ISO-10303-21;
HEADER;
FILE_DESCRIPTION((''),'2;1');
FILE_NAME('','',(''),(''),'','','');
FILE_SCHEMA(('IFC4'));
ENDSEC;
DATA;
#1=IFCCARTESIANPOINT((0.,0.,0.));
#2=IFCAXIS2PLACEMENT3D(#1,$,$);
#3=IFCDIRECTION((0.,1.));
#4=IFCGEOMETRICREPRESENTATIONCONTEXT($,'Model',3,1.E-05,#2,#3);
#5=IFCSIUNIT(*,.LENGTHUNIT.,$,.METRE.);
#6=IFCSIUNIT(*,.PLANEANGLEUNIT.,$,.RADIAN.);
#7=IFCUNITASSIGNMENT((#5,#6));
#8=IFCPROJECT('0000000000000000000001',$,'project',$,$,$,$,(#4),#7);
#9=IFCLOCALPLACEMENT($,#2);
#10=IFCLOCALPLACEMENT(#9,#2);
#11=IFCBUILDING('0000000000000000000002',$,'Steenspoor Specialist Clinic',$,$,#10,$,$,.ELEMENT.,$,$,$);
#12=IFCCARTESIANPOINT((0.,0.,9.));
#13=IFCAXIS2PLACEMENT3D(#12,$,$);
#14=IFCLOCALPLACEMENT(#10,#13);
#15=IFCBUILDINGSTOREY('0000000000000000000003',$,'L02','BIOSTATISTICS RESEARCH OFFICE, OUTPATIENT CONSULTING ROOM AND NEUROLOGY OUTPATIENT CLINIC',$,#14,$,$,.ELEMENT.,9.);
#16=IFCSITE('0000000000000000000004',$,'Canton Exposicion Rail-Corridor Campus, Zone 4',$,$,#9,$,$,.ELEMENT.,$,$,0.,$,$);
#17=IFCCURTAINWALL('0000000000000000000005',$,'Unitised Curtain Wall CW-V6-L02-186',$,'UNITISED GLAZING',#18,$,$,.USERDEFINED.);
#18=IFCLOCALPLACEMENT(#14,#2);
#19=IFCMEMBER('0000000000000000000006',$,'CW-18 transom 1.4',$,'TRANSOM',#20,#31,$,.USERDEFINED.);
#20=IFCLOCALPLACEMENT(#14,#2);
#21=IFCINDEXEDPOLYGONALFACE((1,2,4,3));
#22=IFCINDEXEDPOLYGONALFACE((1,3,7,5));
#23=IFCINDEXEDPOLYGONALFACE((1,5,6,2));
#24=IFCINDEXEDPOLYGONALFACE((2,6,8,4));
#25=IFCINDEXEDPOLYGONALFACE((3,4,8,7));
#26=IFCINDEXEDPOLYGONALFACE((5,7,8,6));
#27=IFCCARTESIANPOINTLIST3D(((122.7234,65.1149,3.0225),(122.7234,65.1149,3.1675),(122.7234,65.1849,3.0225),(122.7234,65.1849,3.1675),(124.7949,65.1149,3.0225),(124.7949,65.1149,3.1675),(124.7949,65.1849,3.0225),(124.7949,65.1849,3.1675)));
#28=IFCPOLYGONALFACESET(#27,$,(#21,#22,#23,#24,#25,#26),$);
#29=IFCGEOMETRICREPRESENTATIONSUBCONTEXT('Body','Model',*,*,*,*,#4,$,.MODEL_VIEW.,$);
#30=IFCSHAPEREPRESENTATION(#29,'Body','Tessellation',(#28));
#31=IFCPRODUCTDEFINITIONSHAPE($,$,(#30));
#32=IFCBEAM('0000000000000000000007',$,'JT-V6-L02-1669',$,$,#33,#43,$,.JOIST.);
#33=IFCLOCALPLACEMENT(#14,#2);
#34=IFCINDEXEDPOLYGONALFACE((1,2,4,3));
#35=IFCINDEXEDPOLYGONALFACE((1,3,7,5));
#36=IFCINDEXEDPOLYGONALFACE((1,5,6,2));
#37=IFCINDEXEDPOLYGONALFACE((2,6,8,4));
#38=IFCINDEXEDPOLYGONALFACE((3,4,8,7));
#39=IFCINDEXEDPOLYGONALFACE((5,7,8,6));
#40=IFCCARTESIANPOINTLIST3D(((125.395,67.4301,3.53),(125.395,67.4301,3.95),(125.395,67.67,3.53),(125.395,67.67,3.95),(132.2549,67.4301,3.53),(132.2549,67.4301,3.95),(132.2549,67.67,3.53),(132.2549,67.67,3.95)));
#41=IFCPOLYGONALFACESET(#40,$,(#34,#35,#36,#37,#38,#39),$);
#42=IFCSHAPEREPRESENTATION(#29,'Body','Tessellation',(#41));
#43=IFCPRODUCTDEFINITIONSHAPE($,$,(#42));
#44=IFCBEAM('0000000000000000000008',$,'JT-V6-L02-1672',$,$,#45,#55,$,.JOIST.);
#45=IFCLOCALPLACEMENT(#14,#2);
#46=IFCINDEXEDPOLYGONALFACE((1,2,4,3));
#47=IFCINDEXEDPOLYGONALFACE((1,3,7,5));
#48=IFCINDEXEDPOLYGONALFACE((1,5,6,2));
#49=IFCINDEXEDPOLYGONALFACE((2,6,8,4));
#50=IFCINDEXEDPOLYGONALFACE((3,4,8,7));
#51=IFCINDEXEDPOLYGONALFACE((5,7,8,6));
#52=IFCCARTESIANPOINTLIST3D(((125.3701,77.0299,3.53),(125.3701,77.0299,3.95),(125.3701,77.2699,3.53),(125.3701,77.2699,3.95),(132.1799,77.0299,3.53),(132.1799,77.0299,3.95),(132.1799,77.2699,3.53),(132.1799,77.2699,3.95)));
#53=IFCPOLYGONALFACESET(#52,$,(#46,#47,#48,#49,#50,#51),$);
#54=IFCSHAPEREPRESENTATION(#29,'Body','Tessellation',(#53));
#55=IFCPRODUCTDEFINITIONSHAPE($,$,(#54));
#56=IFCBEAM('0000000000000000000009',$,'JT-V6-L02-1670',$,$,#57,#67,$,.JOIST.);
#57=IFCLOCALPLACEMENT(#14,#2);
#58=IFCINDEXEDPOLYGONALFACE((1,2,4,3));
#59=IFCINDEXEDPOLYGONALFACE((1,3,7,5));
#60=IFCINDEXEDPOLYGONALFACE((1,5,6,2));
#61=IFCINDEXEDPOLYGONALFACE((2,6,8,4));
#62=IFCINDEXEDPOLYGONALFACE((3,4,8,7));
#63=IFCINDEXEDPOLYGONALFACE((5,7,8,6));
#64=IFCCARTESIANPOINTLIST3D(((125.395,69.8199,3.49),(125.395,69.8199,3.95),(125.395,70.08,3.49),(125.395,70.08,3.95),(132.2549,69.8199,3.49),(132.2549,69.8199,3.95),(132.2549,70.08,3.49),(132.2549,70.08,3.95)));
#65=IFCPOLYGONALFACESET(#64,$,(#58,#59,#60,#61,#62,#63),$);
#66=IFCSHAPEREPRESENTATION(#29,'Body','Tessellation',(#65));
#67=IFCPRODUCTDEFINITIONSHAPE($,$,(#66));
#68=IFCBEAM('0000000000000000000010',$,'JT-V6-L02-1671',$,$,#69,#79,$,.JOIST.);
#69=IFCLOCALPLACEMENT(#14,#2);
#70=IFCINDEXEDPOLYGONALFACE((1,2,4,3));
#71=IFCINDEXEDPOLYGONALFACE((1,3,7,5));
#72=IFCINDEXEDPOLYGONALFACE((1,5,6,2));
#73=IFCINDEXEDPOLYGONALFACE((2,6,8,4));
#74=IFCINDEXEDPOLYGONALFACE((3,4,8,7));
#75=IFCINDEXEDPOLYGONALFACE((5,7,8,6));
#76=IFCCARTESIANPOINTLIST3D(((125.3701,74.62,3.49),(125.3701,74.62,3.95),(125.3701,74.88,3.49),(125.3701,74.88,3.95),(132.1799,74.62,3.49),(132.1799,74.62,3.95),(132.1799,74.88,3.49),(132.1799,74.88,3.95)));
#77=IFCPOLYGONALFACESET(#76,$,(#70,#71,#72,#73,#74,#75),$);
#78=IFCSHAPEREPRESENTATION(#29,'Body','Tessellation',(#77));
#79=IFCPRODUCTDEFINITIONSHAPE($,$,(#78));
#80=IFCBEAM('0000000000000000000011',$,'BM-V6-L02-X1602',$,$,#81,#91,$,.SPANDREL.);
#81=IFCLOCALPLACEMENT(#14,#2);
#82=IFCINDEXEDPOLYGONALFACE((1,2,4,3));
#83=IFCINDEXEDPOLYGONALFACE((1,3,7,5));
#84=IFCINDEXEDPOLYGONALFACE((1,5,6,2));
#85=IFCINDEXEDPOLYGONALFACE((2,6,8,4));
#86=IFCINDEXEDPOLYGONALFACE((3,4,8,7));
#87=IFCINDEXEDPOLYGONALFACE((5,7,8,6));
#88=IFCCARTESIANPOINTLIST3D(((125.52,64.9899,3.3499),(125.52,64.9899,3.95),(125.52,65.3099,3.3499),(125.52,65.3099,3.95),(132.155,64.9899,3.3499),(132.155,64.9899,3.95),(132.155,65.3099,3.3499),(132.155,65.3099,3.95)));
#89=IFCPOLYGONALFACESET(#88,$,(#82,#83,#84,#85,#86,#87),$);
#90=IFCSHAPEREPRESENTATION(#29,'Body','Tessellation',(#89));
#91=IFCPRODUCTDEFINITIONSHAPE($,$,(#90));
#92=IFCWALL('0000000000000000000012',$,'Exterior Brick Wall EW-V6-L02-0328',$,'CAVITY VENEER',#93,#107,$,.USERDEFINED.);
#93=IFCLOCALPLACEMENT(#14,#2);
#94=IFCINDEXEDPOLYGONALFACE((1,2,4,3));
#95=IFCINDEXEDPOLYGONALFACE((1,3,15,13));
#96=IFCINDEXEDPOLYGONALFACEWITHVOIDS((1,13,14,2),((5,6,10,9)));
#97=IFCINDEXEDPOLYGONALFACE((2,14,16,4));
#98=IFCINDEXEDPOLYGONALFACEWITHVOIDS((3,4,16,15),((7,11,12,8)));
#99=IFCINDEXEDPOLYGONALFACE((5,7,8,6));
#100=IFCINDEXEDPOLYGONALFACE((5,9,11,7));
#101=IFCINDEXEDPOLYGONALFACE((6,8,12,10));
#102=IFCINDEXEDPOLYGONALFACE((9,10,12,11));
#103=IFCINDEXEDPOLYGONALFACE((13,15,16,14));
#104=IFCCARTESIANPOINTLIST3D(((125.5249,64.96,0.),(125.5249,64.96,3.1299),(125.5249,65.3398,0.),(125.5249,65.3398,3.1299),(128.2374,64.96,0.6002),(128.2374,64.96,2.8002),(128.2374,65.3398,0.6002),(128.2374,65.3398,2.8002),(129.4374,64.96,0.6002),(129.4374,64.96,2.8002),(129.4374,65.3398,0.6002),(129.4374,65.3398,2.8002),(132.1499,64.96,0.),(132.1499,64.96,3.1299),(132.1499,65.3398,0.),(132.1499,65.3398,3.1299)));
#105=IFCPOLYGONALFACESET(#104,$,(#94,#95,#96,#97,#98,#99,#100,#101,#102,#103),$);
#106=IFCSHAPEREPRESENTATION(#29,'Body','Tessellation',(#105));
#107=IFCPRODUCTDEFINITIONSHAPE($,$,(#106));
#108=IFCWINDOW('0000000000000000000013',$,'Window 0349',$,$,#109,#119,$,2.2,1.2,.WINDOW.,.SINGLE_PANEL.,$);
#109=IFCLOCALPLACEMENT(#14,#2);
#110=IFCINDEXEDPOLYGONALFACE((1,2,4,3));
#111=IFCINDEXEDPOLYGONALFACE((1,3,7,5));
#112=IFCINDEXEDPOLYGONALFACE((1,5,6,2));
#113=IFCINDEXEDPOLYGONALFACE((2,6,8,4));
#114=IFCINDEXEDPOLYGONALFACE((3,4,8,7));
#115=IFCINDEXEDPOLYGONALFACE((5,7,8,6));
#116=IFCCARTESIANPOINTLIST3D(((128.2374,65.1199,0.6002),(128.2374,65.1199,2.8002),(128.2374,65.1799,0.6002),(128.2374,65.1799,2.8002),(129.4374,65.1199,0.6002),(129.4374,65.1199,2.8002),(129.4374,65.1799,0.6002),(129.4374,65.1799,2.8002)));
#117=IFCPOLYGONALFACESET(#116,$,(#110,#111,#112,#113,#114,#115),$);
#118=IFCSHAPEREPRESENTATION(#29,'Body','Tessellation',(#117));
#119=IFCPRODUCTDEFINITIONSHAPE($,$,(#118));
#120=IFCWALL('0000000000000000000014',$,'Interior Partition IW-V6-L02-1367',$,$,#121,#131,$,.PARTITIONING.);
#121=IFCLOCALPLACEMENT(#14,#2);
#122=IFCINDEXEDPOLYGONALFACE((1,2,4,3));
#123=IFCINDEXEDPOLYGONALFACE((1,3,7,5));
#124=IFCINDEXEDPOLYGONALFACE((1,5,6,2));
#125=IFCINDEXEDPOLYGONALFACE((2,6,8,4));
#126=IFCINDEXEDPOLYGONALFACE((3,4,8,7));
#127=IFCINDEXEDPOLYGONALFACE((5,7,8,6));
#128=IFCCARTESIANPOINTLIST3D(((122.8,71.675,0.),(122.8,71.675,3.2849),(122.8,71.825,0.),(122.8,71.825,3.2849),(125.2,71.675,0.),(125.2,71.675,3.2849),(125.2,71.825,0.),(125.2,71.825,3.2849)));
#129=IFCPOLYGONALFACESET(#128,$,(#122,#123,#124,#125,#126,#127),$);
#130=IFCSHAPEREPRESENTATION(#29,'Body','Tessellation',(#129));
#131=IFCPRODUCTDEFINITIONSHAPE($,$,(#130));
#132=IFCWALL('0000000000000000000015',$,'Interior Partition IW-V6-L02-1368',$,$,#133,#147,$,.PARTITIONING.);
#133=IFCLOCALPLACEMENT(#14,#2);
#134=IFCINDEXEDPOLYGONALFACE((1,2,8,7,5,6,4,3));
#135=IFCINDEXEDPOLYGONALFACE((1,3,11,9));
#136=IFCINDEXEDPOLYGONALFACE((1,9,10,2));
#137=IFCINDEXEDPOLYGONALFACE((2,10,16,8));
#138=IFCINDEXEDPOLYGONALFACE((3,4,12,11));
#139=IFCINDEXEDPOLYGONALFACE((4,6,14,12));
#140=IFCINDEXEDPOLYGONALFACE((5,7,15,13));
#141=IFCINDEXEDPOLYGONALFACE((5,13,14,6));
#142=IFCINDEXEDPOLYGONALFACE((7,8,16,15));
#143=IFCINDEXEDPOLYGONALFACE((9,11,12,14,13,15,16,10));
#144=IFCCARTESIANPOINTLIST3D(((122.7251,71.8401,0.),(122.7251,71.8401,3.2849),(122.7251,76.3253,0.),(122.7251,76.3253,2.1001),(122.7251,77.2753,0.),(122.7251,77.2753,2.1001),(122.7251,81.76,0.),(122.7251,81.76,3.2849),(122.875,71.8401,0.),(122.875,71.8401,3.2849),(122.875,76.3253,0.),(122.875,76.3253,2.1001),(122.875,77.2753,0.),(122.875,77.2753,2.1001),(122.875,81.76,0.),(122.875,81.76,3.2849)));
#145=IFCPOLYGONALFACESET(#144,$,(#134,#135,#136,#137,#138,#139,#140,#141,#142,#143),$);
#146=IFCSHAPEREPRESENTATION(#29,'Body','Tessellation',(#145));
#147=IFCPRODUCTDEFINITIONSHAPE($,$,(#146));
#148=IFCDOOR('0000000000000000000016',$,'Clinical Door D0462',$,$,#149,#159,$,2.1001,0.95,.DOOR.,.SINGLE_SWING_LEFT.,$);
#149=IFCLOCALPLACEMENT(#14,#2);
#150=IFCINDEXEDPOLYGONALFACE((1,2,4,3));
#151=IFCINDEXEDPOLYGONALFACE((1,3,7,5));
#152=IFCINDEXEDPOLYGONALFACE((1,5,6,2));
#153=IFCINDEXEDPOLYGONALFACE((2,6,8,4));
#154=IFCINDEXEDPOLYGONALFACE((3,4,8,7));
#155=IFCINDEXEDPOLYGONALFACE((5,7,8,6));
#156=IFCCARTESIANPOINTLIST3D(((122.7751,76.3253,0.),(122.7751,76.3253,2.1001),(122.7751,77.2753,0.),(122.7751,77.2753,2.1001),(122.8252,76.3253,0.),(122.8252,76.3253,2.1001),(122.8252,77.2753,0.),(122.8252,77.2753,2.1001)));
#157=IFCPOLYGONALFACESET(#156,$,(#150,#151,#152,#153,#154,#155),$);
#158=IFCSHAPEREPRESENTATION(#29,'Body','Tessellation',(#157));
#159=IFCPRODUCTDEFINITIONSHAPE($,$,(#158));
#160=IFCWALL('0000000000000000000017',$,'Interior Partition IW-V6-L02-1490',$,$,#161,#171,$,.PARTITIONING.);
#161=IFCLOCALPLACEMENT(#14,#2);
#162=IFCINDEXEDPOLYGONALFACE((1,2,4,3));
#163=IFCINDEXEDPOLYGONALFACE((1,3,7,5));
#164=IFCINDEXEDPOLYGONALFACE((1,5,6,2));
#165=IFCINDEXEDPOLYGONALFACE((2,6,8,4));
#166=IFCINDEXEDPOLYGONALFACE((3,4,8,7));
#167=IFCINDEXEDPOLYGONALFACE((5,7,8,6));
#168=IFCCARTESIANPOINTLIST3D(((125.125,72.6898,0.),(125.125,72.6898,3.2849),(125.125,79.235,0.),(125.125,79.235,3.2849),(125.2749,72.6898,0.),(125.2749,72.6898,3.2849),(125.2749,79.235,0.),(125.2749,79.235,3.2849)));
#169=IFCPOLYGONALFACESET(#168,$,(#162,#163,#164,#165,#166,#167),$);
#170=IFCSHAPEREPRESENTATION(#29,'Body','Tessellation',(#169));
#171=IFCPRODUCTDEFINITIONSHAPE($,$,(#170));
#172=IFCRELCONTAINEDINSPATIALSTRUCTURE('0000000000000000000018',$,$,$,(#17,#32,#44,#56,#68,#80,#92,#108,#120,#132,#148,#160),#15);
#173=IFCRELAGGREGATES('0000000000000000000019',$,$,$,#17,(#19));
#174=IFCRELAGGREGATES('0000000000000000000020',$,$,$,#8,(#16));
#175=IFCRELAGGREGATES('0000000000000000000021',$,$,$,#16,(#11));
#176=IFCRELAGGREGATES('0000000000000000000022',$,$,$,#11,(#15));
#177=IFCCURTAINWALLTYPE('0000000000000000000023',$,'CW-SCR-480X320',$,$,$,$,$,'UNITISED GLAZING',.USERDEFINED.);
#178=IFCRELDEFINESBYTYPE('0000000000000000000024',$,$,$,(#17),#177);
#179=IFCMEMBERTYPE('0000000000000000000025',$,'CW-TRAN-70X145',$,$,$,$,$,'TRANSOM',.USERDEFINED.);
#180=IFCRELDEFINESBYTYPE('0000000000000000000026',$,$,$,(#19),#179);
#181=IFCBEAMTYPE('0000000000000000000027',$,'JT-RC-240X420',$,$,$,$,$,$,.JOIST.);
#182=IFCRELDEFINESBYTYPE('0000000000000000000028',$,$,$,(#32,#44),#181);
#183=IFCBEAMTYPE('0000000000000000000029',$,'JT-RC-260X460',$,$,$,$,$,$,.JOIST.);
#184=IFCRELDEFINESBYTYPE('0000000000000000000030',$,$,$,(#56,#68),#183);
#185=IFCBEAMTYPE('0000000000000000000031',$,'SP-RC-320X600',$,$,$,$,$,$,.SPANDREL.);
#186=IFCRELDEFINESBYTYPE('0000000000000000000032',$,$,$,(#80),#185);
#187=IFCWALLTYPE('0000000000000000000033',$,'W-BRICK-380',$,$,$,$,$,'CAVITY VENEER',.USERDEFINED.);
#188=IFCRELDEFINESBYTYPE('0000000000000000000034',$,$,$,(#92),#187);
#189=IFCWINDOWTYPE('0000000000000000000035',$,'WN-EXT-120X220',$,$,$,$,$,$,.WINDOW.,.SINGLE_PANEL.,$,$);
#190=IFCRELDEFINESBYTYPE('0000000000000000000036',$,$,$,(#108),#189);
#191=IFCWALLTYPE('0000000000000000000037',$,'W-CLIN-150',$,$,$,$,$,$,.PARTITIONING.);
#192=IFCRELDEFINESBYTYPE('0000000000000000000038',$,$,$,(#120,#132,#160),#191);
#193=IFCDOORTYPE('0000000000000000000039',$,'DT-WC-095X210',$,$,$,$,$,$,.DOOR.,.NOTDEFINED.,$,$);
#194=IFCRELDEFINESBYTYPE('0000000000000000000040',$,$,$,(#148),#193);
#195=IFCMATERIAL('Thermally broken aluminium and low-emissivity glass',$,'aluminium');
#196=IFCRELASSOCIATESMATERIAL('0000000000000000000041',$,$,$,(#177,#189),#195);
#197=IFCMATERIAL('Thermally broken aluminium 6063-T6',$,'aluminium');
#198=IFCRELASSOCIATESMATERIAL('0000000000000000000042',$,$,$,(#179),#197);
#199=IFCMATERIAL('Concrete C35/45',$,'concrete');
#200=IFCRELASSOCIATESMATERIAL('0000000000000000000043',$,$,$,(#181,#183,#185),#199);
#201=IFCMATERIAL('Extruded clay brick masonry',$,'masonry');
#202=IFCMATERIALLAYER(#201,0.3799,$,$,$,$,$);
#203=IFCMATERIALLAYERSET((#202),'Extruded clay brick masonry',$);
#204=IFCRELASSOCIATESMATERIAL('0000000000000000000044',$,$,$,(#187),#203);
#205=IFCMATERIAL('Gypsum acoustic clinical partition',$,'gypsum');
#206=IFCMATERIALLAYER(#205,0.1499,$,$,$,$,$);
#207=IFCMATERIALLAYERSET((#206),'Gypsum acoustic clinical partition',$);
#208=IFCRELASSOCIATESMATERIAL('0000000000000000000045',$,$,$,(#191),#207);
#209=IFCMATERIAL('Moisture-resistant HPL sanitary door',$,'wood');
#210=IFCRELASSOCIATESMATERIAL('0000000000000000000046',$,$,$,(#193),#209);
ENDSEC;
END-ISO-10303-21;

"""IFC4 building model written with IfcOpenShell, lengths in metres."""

from ifc_helpers import new_model, si_unit, direction, frame, frame_2d, origin, origin_2d, place, context, subcontext, project, spatial, rectangle, extrude, material, layer, layer_set, material_profile, profile_set, type_object, element, fill, aggregate, save


model = new_model("IFC4")

# Units and contexts
model_context = context("Model", 3, precision=1e-05, world=origin(), true_north=direction((0.0, 1.0)))
body_context = subcontext(model_context, "Body", "Model", "MODEL_VIEW")
ifc_project = project(units=[si_unit("LENGTHUNIT", "METRE"), si_unit("PLANEANGLEUNIT", "RADIAN")], contexts=[model_context])

# Site, building, storey
site_placement = place(None, origin())
site = spatial("IfcSite", under=ifc_project, at=site_placement, Name="Canton Exposicion Rail-Corridor Campus, Zone 4", CompositionType="ELEMENT", RefElevation=0.0)
building_placement = place(site_placement, origin())
building = spatial("IfcBuilding", under=site, at=building_placement, Name="Steenspoor Specialist Clinic", CompositionType="ELEMENT")
storey_placement = place(building_placement, frame((0.0, 0.0, 9.0)))
storey = spatial("IfcBuildingStorey", under=building, at=storey_placement, Name="L02", Description="BIOSTATISTICS RESEARCH OFFICE, OUTPATIENT CONSULTING ROOM AND NEUROLOGY OUTPATIENT CLINIC", CompositionType="ELEMENT", Elevation=9.0)

# Shared definitions
ifc_material_1 = material(Name="Concrete C35/45", Category="concrete")

# Curtain wall, member
ifc_material_2 = material(Name="Thermally broken aluminium and low-emissivity glass", Category="aluminium")
curtain_wall_type = type_object("IfcCurtainWallType", Name="CW-SCR-480X320", ElementType="UNITISED GLAZING", PredefinedType="USERDEFINED", material=ifc_material_2)
curtain_wall_placement = place(storey_placement, origin())
curtain_wall = element("IfcCurtainWall", 1, at=curtain_wall_placement, inside=storey, type_object=curtain_wall_type, Name="Unitised Curtain Wall CW-V6-L02-186", ObjectType="UNITISED GLAZING", PredefinedType="USERDEFINED")
ifc_material_3 = material(Name="Thermally broken aluminium 6063-T6", Category="aluminium")
ifc_material_profile_1 = material_profile(ifc_material_3, rectangle(XDim=0.0701, YDim=0.145, at=origin_2d()), Name="CWT-70X145")
ifc_profile_set_1 = profile_set([ifc_material_profile_1], Name="Thermally broken aluminium 6063-T6")
member_type_1 = type_object("IfcMemberType", Name="CW-TRAN-70X145", ElementType="TRANSOM", PredefinedType="USERDEFINED", material=ifc_profile_set_1)
member_1_placement = place(storey_placement, frame((124.7949, 65.1499, 3.095), z_axis=(-1.0, 0.0, 0.0), x_axis=(0.0, -1.0, 0.0)))
member_1 = element("IfcMember", 2, at=member_1_placement, type_object=member_type_1, Name="CW-18 transom 1.4", ObjectType="TRANSOM", PredefinedType="USERDEFINED", context=body_context, shape_type="SweptSolid", body=[
    extrude(rectangle(XDim=0.0701, YDim=0.145, at=origin_2d()), origin(), (0.0, 0.0, 1.0), 2.0715),
])
aggregate(curtain_wall, [member_1])

# Beams
ifc_material_profile_2 = material_profile(ifc_material_1, rectangle(XDim=0.24, YDim=0.4199, at=origin_2d()), Name="RC-JT-240X420")
ifc_profile_set_2 = profile_set([ifc_material_profile_2], Name="Concrete C35/45")
beam_type_1 = type_object("IfcBeamType", Name="JT-RC-240X420", PredefinedType="JOIST", material=ifc_profile_set_2)
beam_1_placement = place(storey_placement, frame((125.395, 67.55, 3.74), z_axis=(1.0, 0.0, 0.0), x_axis=(0.0, 1.0, 0.0)))
element("IfcBeam", 3, at=beam_1_placement, inside=storey, type_object=beam_type_1, Name="JT-V6-L02-1669", PredefinedType="JOIST", context=body_context, shape_type="SweptSolid", body=[
    extrude(rectangle(XDim=0.24, YDim=0.4199, at=origin_2d()), origin(), (0.0, 0.0, 1.0), 6.8599),
])
beam_2_placement = place(storey_placement, frame((125.3701, 77.1499, 3.74), z_axis=(1.0, 0.0, 0.0), x_axis=(0.0, 1.0, 0.0)))
element("IfcBeam", 4, at=beam_2_placement, inside=storey, type_object=beam_type_1, Name="JT-V6-L02-1672", PredefinedType="JOIST", context=body_context, shape_type="SweptSolid", body=[
    extrude(rectangle(XDim=0.24, YDim=0.4199, at=origin_2d()), origin(), (0.0, 0.0, 1.0), 6.8098),
])
ifc_material_profile_3 = material_profile(ifc_material_1, rectangle(XDim=0.26, YDim=0.46, at=origin_2d()), Name="RC-JT-260X460")
ifc_profile_set_3 = profile_set([ifc_material_profile_3], Name="Concrete C35/45")
beam_type_2 = type_object("IfcBeamType", Name="JT-RC-260X460", PredefinedType="JOIST", material=ifc_profile_set_3)
beam_3_placement = place(storey_placement, frame((125.395, 69.95, 3.72), z_axis=(1.0, 0.0, 0.0), x_axis=(0.0, 1.0, 0.0)))
element("IfcBeam", 5, at=beam_3_placement, inside=storey, type_object=beam_type_2, Name="JT-V6-L02-1670", PredefinedType="JOIST", context=body_context, shape_type="SweptSolid", body=[
    extrude(rectangle(XDim=0.26, YDim=0.46, at=origin_2d()), origin(), (0.0, 0.0, 1.0), 6.8599),
])
beam_4_placement = place(storey_placement, frame((125.3701, 74.75, 3.72), z_axis=(1.0, 0.0, 0.0), x_axis=(0.0, 1.0, 0.0)))
element("IfcBeam", 6, at=beam_4_placement, inside=storey, type_object=beam_type_2, Name="JT-V6-L02-1671", PredefinedType="JOIST", context=body_context, shape_type="SweptSolid", body=[
    extrude(rectangle(XDim=0.26, YDim=0.46, at=origin_2d()), origin(), (0.0, 0.0, 1.0), 6.8098),
])
ifc_material_profile_4 = material_profile(ifc_material_1, rectangle(XDim=0.3201, YDim=0.6001, at=origin_2d()), Name="RC-SP-320X600")
ifc_profile_set_4 = profile_set([ifc_material_profile_4], Name="Concrete C35/45")
beam_type_3 = type_object("IfcBeamType", Name="SP-RC-320X600", PredefinedType="SPANDREL", material=ifc_profile_set_4)
beam_5_placement = place(storey_placement, frame((125.52, 65.1499, 3.6499), z_axis=(1.0, 0.0, 0.0), x_axis=(0.0, 1.0, 0.0)))
element("IfcBeam", 7, at=beam_5_placement, inside=storey, type_object=beam_type_3, Name="BM-V6-L02-X1602", PredefinedType="SPANDREL", context=body_context, shape_type="SweptSolid", body=[
    extrude(rectangle(XDim=0.3201, YDim=0.6001, at=origin_2d()), origin(), (0.0, 0.0, 1.0), 6.635),
])

# Wall, opening, window
ifc_material_4 = material(Name="Extruded clay brick masonry", Category="masonry")
ifc_layer_1 = layer(ifc_material_4, 0.3799)
ifc_layer_set_1 = layer_set([ifc_layer_1], Name="Extruded clay brick masonry")
wall_type_1 = type_object("IfcWallType", Name="W-BRICK-380", ElementType="CAVITY VENEER", PredefinedType="USERDEFINED", material=ifc_layer_set_1)
wall_1_placement = place(storey_placement, frame((132.1499, 65.1499, 0.0), z_axis=(0.0, 0.0, 1.0), x_axis=(-1.0, 0.0, 0.0)))
wall_1 = element("IfcWall", 8, at=wall_1_placement, inside=storey, type_object=wall_type_1, Name="Exterior Brick Wall EW-V6-L02-0328", ObjectType="CAVITY VENEER", PredefinedType="USERDEFINED", context=body_context, shape_type="SweptSolid", body=[
    extrude(rectangle(XDim=6.625, YDim=0.3799, at=frame_2d((3.3125, 0.0))), origin(), (0.0, 0.0, 1.0), 3.1299),
])
opening_1_placement = place(wall_1_placement, frame((2.7124, 0.0, 0.6001)))
opening_1 = element("IfcOpeningElement", 9, at=opening_1_placement, cuts=wall_1, PredefinedType="OPENING", context=body_context, shape_type="SweptSolid", body=[
    extrude(rectangle(XDim=1.2, YDim=2.2, at=frame_2d((0.6001, 1.1001))), frame((0.0, 0.2, 0.0), z_axis=(0.0, -1.0, 0.0), x_axis=(1.0, 0.0, 0.0)), (0.0, 0.0, 1.0), 0.3999),
])
window_type_1 = type_object("IfcWindowType", Name="WN-EXT-120X220", PartitioningType="SINGLE_PANEL", PredefinedType="WINDOW", material=ifc_material_2)
window_1_placement = place(opening_1_placement, origin())
window_1 = element("IfcWindow", 10, at=window_1_placement, inside=storey, type_object=window_type_1, Name="Window 0349", OverallHeight=2.2, OverallWidth=1.2, PartitioningType="SINGLE_PANEL", PredefinedType="WINDOW", context=body_context, shape_type="SweptSolid", body=[
    extrude(rectangle(XDim=1.2, YDim=2.2, at=frame_2d((0.6001, 1.1001))), frame((0.0, 0.03, 0.0), z_axis=(0.0, -1.0, 0.0), x_axis=(1.0, 0.0, 0.0)), (0.0, 0.0, 1.0), 0.0601),
])
fill(opening_1, window_1)

# Wall
ifc_material_5 = material(Name="Gypsum acoustic clinical partition", Category="gypsum")
ifc_layer_2 = layer(ifc_material_5, 0.1499)
ifc_layer_set_2 = layer_set([ifc_layer_2], Name="Gypsum acoustic clinical partition")
wall_type_2 = type_object("IfcWallType", Name="W-CLIN-150", PredefinedType="PARTITIONING", material=ifc_layer_set_2)
wall_2_placement = place(storey_placement, frame((122.8, 71.75, 0.0), z_axis=(0.0, 0.0, 1.0), x_axis=(1.0, 0.0, 0.0)))
element("IfcWall", 11, at=wall_2_placement, inside=storey, type_object=wall_type_2, Name="Interior Partition IW-V6-L02-1367", PredefinedType="PARTITIONING", context=body_context, shape_type="SweptSolid", body=[
    extrude(rectangle(XDim=2.3999, YDim=0.1499, at=frame_2d((1.2, 0.0))), origin(), (0.0, 0.0, 1.0), 3.2849),
])

# Wall, opening, door
wall_3_placement = place(storey_placement, frame((122.8, 71.8401, 0.0), z_axis=(0.0, 0.0, 1.0), x_axis=(0.0, 1.0, 0.0)))
wall_3 = element("IfcWall", 12, at=wall_3_placement, inside=storey, type_object=wall_type_2, Name="Interior Partition IW-V6-L02-1368", PredefinedType="PARTITIONING", context=body_context, shape_type="SweptSolid", body=[
    extrude(rectangle(XDim=9.9199, YDim=0.1499, at=frame_2d((4.96, 0.0))), origin(), (0.0, 0.0, 1.0), 3.2849),
])
opening_2_placement = place(wall_3_placement, frame((4.4851, 0.0, 0.0)))
opening_2 = element("IfcOpeningElement", 13, at=opening_2_placement, cuts=wall_3, PredefinedType="OPENING", context=body_context, shape_type="SweptSolid", body=[
    extrude(rectangle(XDim=0.95, YDim=2.1001, at=frame_2d((0.4751, 1.05))), frame((0.0, 0.085, 0.0), z_axis=(0.0, -1.0, 0.0), x_axis=(1.0, 0.0, 0.0)), (0.0, 0.0, 1.0), 0.1699),
])
ifc_material_6 = material(Name="Moisture-resistant HPL sanitary door", Category="wood")
door_type_1 = type_object("IfcDoorType", Name="DT-WC-095X210", OperationType="NOTDEFINED", PredefinedType="DOOR", material=ifc_material_6)
door_1_placement = place(opening_2_placement, origin())
door_1 = element("IfcDoor", 14, at=door_1_placement, inside=storey, type_object=door_type_1, Name="Clinical Door D0462", OperationType="SINGLE_SWING_LEFT", OverallHeight=2.1001, OverallWidth=0.95, PredefinedType="DOOR", context=body_context, shape_type="SweptSolid", body=[
    extrude(rectangle(XDim=0.95, YDim=2.1001, at=frame_2d((0.4751, 1.05))), frame((0.0, 0.0249, 0.0), z_axis=(0.0, -1.0, 0.0), x_axis=(1.0, 0.0, 0.0)), (0.0, 0.0, 1.0), 0.05),
])
fill(opening_2, door_1)

# Wall
wall_4_placement = place(storey_placement, frame((125.2, 72.6899, 0.0), z_axis=(0.0, 0.0, 1.0), x_axis=(0.0, 1.0, 0.0)))
element("IfcWall", 15, at=wall_4_placement, inside=storey, type_object=wall_type_2, Name="Interior Partition IW-V6-L02-1490", PredefinedType="PARTITIONING", context=body_context, shape_type="SweptSolid", body=[
    extrude(rectangle(XDim=6.5452, YDim=0.1499, at=frame_2d((3.2725, 0.0))), origin(), (0.0, 0.0, 1.0), 3.2849),
])

save(model, "model.ifc")
